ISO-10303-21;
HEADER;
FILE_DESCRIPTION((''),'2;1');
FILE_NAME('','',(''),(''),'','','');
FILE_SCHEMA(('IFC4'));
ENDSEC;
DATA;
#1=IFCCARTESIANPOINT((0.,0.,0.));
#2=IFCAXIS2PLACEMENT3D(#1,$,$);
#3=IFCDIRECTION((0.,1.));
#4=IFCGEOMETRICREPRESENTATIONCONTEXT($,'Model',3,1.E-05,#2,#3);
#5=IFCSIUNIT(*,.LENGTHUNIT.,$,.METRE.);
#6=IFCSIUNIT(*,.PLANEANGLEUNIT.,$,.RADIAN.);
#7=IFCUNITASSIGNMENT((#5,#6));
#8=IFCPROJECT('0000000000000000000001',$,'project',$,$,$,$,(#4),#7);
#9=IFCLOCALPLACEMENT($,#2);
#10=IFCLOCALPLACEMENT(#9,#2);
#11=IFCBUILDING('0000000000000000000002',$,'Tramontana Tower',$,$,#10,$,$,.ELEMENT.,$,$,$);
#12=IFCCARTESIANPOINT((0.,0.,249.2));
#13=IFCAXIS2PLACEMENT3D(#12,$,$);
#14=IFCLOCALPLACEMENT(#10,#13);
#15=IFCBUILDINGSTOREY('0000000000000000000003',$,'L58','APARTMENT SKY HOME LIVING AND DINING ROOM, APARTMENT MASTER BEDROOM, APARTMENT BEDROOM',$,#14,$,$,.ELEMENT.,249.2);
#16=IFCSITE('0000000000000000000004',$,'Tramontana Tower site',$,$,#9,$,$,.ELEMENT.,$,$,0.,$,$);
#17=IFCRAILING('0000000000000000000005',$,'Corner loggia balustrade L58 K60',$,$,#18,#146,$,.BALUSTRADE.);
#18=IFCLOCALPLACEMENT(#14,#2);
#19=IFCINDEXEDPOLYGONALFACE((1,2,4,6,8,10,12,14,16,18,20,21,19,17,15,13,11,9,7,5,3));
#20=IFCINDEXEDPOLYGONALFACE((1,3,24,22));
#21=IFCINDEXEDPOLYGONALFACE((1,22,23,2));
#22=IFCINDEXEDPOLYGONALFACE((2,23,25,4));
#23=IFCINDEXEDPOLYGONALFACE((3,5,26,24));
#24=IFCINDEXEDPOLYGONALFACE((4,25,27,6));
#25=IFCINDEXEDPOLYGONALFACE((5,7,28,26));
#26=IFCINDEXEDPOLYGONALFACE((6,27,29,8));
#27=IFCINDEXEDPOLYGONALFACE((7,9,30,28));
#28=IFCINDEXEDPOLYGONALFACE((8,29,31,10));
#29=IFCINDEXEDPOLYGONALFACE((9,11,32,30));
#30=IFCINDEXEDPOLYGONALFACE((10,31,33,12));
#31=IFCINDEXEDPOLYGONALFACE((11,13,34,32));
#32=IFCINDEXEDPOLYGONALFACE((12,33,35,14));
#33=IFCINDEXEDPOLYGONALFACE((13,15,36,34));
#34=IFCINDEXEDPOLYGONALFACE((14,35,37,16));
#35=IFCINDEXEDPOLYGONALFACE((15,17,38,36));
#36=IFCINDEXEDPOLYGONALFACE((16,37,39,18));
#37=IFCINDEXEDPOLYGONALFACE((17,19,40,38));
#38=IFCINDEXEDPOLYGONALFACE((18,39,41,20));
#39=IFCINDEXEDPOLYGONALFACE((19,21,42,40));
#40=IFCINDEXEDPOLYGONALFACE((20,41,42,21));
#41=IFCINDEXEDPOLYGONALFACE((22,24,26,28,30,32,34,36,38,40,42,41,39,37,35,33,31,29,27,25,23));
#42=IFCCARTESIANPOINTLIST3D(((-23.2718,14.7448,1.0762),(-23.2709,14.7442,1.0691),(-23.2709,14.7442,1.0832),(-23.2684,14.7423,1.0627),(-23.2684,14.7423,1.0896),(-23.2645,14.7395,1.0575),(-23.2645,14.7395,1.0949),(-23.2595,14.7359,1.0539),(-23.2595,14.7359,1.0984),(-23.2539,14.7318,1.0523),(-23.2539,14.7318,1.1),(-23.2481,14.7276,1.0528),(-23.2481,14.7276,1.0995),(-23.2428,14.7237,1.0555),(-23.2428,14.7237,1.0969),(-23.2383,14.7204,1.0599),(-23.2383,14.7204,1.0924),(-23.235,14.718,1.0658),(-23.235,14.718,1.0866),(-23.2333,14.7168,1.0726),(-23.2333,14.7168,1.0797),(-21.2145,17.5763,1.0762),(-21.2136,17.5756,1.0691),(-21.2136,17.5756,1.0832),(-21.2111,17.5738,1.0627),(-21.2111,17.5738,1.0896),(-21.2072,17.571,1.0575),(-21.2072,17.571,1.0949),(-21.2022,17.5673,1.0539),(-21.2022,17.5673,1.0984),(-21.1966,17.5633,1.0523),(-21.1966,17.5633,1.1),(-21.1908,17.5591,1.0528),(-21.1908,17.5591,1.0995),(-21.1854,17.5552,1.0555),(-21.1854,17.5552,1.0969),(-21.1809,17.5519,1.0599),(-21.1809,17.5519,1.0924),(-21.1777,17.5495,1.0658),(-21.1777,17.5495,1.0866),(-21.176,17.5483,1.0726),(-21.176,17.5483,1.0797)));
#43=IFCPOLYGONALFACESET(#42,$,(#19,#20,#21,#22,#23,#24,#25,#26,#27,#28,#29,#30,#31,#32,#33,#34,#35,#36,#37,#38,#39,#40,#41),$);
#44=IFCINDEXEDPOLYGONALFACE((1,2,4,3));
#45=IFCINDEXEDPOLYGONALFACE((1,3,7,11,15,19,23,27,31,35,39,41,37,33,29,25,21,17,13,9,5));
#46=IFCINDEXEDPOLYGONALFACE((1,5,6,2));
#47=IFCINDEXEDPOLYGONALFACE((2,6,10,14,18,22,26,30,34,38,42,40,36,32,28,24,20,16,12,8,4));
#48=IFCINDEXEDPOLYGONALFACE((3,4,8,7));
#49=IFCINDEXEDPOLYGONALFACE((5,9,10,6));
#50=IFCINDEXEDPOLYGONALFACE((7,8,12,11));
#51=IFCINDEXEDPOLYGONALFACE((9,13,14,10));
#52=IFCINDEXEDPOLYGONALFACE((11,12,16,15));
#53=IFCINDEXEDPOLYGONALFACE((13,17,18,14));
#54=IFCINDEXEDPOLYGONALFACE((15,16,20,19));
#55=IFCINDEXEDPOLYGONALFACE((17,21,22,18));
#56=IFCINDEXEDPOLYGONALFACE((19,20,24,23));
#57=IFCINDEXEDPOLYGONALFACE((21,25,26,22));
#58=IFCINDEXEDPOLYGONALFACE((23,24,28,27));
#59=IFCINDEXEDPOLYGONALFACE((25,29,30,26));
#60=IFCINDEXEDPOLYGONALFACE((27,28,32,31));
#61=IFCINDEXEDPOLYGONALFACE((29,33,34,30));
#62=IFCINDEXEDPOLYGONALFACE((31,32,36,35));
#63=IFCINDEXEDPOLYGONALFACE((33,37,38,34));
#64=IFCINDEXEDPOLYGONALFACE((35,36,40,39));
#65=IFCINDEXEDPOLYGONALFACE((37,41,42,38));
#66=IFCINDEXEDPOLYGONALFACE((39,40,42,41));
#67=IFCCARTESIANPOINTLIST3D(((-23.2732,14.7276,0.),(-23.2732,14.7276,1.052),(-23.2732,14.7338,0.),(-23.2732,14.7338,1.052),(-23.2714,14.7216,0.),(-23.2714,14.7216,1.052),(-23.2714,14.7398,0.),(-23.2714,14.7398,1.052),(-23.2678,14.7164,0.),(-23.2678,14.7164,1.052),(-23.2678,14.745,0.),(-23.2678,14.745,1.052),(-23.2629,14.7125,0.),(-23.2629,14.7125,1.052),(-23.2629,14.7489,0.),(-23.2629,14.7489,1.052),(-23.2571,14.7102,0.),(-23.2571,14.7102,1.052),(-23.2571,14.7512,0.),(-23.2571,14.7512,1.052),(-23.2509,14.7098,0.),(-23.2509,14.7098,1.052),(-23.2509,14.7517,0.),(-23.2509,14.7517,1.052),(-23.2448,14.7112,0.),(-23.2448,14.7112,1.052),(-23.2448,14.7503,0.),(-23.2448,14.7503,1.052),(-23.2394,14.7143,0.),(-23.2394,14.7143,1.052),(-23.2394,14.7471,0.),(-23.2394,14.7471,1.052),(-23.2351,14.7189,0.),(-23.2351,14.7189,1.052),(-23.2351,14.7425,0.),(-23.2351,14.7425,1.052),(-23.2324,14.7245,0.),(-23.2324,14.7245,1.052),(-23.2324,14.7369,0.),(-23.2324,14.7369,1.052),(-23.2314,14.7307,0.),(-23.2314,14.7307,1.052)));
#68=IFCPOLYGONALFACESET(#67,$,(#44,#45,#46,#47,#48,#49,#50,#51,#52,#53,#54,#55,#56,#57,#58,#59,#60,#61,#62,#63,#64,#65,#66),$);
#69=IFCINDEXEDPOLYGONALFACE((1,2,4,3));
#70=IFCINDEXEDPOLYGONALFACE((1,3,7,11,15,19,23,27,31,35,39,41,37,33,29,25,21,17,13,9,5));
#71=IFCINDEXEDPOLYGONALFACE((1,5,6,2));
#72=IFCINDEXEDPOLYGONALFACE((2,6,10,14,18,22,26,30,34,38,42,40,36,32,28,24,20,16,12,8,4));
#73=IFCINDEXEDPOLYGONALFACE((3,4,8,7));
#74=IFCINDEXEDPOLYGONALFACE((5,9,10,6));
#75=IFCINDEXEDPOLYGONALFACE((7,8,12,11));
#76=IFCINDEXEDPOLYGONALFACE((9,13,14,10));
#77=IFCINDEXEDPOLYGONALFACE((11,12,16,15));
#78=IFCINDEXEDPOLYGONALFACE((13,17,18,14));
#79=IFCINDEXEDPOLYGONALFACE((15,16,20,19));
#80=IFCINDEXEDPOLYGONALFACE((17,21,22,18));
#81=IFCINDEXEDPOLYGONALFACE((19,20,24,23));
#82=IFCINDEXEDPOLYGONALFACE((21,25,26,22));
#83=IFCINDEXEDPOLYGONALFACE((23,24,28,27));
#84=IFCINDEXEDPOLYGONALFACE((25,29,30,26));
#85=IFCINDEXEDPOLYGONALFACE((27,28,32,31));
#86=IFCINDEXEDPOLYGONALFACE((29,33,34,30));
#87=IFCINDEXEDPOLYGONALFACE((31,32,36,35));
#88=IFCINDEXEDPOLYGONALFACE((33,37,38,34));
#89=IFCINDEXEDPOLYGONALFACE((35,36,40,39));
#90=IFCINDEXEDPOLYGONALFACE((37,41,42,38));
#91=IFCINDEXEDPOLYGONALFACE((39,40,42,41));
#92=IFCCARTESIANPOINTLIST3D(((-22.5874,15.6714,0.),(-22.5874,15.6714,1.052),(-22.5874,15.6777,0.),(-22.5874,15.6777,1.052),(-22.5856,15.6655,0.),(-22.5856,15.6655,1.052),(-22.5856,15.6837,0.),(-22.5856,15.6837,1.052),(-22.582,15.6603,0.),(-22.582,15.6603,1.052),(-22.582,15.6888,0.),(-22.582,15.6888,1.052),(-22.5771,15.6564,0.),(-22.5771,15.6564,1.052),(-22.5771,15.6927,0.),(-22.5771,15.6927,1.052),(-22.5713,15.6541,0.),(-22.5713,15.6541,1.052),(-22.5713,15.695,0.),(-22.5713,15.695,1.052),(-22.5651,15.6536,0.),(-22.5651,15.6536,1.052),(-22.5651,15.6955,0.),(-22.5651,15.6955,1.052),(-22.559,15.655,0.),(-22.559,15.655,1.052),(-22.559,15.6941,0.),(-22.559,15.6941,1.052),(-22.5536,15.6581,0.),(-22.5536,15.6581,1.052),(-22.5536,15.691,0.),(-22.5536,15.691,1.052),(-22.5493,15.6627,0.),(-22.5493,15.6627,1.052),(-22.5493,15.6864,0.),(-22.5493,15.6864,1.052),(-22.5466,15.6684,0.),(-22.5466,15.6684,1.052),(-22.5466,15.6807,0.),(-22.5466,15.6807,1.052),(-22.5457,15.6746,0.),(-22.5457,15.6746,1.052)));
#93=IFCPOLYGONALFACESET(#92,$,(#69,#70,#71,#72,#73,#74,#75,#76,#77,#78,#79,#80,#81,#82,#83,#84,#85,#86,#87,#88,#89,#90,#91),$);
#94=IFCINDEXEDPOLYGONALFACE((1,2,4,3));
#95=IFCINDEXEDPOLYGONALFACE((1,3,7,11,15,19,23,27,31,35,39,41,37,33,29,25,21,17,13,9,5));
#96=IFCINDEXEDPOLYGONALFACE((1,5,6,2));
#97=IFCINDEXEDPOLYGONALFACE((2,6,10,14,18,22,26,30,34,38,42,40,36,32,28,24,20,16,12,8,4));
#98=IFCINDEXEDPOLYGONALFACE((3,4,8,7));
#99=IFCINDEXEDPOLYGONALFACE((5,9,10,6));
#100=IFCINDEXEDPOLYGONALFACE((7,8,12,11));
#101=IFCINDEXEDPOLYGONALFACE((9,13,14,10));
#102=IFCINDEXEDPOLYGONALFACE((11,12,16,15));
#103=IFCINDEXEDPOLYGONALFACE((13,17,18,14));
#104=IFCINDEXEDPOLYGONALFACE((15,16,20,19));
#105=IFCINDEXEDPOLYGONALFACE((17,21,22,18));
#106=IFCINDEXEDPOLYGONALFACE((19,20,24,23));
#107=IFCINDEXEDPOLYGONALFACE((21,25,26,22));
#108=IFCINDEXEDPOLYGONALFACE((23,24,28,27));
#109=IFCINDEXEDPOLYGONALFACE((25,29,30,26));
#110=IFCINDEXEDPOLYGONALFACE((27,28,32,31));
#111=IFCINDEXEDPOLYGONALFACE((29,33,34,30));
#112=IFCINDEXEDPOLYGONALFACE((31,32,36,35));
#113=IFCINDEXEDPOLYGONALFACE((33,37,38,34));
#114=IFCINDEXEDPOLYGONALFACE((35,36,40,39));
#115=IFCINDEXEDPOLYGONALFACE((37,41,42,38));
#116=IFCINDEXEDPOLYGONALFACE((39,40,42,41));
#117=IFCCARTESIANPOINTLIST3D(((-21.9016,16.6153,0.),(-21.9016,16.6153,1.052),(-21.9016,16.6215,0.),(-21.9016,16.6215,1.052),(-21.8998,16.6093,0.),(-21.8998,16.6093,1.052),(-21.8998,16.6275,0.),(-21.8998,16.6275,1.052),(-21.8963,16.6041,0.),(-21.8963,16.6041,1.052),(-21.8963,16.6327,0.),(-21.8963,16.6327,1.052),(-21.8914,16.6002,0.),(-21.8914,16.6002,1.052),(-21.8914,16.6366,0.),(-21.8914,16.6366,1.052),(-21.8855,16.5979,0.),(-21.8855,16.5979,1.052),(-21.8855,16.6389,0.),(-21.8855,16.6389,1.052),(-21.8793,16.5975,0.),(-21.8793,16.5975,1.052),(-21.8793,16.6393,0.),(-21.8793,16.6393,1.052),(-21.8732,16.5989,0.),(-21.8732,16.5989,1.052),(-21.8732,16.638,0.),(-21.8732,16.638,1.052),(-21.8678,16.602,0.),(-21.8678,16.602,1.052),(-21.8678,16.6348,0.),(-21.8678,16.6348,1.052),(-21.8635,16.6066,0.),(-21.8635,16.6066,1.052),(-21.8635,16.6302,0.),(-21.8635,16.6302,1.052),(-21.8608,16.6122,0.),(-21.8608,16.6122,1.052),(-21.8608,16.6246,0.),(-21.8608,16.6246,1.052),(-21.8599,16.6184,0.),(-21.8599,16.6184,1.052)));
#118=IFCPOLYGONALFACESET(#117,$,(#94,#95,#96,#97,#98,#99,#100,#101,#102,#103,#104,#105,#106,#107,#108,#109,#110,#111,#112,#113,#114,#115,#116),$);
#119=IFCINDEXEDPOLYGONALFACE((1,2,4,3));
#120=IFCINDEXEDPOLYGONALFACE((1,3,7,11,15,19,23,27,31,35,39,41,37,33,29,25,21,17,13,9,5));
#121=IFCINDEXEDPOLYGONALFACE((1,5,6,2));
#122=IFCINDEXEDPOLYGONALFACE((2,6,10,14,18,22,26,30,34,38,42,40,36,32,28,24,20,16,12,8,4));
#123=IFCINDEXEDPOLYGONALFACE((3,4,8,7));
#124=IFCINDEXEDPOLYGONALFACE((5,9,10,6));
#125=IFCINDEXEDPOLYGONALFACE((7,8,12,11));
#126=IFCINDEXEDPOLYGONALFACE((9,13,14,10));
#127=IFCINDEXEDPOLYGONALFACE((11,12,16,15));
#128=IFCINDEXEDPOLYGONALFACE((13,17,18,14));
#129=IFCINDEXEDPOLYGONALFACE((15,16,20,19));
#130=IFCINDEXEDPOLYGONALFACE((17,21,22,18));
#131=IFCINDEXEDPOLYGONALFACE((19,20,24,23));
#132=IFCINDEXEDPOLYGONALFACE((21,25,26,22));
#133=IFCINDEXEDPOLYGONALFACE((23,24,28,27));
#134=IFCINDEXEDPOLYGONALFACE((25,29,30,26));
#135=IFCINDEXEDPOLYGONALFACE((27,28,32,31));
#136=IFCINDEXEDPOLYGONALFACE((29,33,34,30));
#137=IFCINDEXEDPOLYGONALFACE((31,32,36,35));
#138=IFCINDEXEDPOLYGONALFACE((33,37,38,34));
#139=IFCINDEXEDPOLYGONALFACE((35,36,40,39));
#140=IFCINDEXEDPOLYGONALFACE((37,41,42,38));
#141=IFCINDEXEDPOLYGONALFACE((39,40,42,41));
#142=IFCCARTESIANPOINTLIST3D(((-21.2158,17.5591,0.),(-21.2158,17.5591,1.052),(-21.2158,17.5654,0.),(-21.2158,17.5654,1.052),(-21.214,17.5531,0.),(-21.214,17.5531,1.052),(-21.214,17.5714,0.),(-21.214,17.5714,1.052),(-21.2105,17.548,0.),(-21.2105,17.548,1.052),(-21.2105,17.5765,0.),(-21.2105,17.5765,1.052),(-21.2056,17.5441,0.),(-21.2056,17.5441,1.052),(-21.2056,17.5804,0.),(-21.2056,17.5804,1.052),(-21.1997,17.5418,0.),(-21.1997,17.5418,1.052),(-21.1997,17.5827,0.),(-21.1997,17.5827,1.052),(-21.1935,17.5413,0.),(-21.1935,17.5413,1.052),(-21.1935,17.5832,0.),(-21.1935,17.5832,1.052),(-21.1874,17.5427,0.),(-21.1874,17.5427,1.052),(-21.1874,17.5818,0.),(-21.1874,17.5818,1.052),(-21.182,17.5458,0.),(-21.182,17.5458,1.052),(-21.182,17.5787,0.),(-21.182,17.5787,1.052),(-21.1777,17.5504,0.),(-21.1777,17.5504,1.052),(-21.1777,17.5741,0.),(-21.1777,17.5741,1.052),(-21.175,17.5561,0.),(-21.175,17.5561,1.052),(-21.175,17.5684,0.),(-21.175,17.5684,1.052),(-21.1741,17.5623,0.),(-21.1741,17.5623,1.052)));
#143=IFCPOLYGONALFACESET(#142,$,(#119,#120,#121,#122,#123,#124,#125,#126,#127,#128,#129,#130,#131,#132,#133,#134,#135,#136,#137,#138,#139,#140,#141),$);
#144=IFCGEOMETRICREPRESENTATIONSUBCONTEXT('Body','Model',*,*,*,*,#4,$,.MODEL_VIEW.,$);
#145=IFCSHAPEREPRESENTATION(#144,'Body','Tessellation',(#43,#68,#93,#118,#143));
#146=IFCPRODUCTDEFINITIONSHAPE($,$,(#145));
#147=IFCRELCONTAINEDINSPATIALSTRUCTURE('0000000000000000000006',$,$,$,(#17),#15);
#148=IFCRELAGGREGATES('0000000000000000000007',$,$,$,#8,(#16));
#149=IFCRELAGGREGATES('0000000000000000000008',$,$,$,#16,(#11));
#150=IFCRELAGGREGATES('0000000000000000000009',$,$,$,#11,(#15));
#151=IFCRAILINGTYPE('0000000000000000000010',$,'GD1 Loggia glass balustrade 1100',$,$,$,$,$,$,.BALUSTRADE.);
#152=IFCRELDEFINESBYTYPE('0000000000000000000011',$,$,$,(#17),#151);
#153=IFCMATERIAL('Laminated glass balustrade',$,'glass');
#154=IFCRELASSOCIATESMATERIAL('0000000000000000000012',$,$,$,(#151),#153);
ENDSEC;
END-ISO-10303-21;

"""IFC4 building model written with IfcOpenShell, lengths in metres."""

from ifc_helpers import new_model, si_unit, direction, frame, origin, origin_2d, place, context, subcontext, project, spatial, circle, extrude, material, type_object, element, save


model = new_model("IFC4")

# Units and contexts
model_context = context("Model", 3, precision=1e-05, world=origin(), true_north=direction((0.0, 1.0)))
body_context = subcontext(model_context, "Body", "Model", "MODEL_VIEW")
ifc_project = project(units=[si_unit("LENGTHUNIT", "METRE"), si_unit("PLANEANGLEUNIT", "RADIAN")], contexts=[model_context])

# Site, building, storey
site_placement = place(None, origin())
site = spatial("IfcSite", under=ifc_project, at=site_placement, Name="Tramontana Tower site", CompositionType="ELEMENT", RefElevation=0.0)
building_placement = place(site_placement, origin())
building = spatial("IfcBuilding", under=site, at=building_placement, Name="Tramontana Tower", CompositionType="ELEMENT")
storey_placement = place(building_placement, frame((0.0, 0.0, 249.2)))
storey = spatial("IfcBuildingStorey", under=building, at=storey_placement, Name="L58", Description="APARTMENT SKY HOME LIVING AND DINING ROOM, APARTMENT MASTER BEDROOM, APARTMENT BEDROOM", CompositionType="ELEMENT", Elevation=249.2)

# Railing
ifc_material_1 = material(Name="Laminated glass balustrade", Category="glass")
railing_type = type_object("IfcRailingType", Name="GD1 Loggia glass balustrade 1100", PredefinedType="BALUSTRADE", material=ifc_material_1)
railing_1_placement = place(storey_placement, frame((-23.2524, 14.7307, 0.0)))
element("IfcRailing", 1, at=railing_1_placement, inside=storey, type_object=railing_type, Name="Corner loggia balustrade L58 K60", PredefinedType="BALUSTRADE", context=body_context, shape_type="SweptSolid", body=[
    extrude(circle(Radius=0.0239, at=origin_2d()), frame((0.0, 0.0, 1.0762), z_axis=(0.587811, 0.808998, 0.0), x_axis=(-0.808998, 0.587811, 0.0)), (0.0, 0.0, 1.0), 3.5),
    extrude(circle(Radius=0.021, at=origin_2d()), origin(), (0.0, 0.0, 1.0), 1.052),
    extrude(circle(Radius=0.021, at=origin_2d()), frame((0.6858, 0.9438, 0.0)), (0.0, 0.0, 1.0), 1.052),
    extrude(circle(Radius=0.021, at=origin_2d()), frame((1.3716, 1.8877, 0.0)), (0.0, 0.0, 1.0), 1.052),
    extrude(circle(Radius=0.021, at=origin_2d()), frame((2.0574, 2.8315, 0.0)), (0.0, 0.0, 1.0), 1.052),
])

save(model, "model.ifc")
